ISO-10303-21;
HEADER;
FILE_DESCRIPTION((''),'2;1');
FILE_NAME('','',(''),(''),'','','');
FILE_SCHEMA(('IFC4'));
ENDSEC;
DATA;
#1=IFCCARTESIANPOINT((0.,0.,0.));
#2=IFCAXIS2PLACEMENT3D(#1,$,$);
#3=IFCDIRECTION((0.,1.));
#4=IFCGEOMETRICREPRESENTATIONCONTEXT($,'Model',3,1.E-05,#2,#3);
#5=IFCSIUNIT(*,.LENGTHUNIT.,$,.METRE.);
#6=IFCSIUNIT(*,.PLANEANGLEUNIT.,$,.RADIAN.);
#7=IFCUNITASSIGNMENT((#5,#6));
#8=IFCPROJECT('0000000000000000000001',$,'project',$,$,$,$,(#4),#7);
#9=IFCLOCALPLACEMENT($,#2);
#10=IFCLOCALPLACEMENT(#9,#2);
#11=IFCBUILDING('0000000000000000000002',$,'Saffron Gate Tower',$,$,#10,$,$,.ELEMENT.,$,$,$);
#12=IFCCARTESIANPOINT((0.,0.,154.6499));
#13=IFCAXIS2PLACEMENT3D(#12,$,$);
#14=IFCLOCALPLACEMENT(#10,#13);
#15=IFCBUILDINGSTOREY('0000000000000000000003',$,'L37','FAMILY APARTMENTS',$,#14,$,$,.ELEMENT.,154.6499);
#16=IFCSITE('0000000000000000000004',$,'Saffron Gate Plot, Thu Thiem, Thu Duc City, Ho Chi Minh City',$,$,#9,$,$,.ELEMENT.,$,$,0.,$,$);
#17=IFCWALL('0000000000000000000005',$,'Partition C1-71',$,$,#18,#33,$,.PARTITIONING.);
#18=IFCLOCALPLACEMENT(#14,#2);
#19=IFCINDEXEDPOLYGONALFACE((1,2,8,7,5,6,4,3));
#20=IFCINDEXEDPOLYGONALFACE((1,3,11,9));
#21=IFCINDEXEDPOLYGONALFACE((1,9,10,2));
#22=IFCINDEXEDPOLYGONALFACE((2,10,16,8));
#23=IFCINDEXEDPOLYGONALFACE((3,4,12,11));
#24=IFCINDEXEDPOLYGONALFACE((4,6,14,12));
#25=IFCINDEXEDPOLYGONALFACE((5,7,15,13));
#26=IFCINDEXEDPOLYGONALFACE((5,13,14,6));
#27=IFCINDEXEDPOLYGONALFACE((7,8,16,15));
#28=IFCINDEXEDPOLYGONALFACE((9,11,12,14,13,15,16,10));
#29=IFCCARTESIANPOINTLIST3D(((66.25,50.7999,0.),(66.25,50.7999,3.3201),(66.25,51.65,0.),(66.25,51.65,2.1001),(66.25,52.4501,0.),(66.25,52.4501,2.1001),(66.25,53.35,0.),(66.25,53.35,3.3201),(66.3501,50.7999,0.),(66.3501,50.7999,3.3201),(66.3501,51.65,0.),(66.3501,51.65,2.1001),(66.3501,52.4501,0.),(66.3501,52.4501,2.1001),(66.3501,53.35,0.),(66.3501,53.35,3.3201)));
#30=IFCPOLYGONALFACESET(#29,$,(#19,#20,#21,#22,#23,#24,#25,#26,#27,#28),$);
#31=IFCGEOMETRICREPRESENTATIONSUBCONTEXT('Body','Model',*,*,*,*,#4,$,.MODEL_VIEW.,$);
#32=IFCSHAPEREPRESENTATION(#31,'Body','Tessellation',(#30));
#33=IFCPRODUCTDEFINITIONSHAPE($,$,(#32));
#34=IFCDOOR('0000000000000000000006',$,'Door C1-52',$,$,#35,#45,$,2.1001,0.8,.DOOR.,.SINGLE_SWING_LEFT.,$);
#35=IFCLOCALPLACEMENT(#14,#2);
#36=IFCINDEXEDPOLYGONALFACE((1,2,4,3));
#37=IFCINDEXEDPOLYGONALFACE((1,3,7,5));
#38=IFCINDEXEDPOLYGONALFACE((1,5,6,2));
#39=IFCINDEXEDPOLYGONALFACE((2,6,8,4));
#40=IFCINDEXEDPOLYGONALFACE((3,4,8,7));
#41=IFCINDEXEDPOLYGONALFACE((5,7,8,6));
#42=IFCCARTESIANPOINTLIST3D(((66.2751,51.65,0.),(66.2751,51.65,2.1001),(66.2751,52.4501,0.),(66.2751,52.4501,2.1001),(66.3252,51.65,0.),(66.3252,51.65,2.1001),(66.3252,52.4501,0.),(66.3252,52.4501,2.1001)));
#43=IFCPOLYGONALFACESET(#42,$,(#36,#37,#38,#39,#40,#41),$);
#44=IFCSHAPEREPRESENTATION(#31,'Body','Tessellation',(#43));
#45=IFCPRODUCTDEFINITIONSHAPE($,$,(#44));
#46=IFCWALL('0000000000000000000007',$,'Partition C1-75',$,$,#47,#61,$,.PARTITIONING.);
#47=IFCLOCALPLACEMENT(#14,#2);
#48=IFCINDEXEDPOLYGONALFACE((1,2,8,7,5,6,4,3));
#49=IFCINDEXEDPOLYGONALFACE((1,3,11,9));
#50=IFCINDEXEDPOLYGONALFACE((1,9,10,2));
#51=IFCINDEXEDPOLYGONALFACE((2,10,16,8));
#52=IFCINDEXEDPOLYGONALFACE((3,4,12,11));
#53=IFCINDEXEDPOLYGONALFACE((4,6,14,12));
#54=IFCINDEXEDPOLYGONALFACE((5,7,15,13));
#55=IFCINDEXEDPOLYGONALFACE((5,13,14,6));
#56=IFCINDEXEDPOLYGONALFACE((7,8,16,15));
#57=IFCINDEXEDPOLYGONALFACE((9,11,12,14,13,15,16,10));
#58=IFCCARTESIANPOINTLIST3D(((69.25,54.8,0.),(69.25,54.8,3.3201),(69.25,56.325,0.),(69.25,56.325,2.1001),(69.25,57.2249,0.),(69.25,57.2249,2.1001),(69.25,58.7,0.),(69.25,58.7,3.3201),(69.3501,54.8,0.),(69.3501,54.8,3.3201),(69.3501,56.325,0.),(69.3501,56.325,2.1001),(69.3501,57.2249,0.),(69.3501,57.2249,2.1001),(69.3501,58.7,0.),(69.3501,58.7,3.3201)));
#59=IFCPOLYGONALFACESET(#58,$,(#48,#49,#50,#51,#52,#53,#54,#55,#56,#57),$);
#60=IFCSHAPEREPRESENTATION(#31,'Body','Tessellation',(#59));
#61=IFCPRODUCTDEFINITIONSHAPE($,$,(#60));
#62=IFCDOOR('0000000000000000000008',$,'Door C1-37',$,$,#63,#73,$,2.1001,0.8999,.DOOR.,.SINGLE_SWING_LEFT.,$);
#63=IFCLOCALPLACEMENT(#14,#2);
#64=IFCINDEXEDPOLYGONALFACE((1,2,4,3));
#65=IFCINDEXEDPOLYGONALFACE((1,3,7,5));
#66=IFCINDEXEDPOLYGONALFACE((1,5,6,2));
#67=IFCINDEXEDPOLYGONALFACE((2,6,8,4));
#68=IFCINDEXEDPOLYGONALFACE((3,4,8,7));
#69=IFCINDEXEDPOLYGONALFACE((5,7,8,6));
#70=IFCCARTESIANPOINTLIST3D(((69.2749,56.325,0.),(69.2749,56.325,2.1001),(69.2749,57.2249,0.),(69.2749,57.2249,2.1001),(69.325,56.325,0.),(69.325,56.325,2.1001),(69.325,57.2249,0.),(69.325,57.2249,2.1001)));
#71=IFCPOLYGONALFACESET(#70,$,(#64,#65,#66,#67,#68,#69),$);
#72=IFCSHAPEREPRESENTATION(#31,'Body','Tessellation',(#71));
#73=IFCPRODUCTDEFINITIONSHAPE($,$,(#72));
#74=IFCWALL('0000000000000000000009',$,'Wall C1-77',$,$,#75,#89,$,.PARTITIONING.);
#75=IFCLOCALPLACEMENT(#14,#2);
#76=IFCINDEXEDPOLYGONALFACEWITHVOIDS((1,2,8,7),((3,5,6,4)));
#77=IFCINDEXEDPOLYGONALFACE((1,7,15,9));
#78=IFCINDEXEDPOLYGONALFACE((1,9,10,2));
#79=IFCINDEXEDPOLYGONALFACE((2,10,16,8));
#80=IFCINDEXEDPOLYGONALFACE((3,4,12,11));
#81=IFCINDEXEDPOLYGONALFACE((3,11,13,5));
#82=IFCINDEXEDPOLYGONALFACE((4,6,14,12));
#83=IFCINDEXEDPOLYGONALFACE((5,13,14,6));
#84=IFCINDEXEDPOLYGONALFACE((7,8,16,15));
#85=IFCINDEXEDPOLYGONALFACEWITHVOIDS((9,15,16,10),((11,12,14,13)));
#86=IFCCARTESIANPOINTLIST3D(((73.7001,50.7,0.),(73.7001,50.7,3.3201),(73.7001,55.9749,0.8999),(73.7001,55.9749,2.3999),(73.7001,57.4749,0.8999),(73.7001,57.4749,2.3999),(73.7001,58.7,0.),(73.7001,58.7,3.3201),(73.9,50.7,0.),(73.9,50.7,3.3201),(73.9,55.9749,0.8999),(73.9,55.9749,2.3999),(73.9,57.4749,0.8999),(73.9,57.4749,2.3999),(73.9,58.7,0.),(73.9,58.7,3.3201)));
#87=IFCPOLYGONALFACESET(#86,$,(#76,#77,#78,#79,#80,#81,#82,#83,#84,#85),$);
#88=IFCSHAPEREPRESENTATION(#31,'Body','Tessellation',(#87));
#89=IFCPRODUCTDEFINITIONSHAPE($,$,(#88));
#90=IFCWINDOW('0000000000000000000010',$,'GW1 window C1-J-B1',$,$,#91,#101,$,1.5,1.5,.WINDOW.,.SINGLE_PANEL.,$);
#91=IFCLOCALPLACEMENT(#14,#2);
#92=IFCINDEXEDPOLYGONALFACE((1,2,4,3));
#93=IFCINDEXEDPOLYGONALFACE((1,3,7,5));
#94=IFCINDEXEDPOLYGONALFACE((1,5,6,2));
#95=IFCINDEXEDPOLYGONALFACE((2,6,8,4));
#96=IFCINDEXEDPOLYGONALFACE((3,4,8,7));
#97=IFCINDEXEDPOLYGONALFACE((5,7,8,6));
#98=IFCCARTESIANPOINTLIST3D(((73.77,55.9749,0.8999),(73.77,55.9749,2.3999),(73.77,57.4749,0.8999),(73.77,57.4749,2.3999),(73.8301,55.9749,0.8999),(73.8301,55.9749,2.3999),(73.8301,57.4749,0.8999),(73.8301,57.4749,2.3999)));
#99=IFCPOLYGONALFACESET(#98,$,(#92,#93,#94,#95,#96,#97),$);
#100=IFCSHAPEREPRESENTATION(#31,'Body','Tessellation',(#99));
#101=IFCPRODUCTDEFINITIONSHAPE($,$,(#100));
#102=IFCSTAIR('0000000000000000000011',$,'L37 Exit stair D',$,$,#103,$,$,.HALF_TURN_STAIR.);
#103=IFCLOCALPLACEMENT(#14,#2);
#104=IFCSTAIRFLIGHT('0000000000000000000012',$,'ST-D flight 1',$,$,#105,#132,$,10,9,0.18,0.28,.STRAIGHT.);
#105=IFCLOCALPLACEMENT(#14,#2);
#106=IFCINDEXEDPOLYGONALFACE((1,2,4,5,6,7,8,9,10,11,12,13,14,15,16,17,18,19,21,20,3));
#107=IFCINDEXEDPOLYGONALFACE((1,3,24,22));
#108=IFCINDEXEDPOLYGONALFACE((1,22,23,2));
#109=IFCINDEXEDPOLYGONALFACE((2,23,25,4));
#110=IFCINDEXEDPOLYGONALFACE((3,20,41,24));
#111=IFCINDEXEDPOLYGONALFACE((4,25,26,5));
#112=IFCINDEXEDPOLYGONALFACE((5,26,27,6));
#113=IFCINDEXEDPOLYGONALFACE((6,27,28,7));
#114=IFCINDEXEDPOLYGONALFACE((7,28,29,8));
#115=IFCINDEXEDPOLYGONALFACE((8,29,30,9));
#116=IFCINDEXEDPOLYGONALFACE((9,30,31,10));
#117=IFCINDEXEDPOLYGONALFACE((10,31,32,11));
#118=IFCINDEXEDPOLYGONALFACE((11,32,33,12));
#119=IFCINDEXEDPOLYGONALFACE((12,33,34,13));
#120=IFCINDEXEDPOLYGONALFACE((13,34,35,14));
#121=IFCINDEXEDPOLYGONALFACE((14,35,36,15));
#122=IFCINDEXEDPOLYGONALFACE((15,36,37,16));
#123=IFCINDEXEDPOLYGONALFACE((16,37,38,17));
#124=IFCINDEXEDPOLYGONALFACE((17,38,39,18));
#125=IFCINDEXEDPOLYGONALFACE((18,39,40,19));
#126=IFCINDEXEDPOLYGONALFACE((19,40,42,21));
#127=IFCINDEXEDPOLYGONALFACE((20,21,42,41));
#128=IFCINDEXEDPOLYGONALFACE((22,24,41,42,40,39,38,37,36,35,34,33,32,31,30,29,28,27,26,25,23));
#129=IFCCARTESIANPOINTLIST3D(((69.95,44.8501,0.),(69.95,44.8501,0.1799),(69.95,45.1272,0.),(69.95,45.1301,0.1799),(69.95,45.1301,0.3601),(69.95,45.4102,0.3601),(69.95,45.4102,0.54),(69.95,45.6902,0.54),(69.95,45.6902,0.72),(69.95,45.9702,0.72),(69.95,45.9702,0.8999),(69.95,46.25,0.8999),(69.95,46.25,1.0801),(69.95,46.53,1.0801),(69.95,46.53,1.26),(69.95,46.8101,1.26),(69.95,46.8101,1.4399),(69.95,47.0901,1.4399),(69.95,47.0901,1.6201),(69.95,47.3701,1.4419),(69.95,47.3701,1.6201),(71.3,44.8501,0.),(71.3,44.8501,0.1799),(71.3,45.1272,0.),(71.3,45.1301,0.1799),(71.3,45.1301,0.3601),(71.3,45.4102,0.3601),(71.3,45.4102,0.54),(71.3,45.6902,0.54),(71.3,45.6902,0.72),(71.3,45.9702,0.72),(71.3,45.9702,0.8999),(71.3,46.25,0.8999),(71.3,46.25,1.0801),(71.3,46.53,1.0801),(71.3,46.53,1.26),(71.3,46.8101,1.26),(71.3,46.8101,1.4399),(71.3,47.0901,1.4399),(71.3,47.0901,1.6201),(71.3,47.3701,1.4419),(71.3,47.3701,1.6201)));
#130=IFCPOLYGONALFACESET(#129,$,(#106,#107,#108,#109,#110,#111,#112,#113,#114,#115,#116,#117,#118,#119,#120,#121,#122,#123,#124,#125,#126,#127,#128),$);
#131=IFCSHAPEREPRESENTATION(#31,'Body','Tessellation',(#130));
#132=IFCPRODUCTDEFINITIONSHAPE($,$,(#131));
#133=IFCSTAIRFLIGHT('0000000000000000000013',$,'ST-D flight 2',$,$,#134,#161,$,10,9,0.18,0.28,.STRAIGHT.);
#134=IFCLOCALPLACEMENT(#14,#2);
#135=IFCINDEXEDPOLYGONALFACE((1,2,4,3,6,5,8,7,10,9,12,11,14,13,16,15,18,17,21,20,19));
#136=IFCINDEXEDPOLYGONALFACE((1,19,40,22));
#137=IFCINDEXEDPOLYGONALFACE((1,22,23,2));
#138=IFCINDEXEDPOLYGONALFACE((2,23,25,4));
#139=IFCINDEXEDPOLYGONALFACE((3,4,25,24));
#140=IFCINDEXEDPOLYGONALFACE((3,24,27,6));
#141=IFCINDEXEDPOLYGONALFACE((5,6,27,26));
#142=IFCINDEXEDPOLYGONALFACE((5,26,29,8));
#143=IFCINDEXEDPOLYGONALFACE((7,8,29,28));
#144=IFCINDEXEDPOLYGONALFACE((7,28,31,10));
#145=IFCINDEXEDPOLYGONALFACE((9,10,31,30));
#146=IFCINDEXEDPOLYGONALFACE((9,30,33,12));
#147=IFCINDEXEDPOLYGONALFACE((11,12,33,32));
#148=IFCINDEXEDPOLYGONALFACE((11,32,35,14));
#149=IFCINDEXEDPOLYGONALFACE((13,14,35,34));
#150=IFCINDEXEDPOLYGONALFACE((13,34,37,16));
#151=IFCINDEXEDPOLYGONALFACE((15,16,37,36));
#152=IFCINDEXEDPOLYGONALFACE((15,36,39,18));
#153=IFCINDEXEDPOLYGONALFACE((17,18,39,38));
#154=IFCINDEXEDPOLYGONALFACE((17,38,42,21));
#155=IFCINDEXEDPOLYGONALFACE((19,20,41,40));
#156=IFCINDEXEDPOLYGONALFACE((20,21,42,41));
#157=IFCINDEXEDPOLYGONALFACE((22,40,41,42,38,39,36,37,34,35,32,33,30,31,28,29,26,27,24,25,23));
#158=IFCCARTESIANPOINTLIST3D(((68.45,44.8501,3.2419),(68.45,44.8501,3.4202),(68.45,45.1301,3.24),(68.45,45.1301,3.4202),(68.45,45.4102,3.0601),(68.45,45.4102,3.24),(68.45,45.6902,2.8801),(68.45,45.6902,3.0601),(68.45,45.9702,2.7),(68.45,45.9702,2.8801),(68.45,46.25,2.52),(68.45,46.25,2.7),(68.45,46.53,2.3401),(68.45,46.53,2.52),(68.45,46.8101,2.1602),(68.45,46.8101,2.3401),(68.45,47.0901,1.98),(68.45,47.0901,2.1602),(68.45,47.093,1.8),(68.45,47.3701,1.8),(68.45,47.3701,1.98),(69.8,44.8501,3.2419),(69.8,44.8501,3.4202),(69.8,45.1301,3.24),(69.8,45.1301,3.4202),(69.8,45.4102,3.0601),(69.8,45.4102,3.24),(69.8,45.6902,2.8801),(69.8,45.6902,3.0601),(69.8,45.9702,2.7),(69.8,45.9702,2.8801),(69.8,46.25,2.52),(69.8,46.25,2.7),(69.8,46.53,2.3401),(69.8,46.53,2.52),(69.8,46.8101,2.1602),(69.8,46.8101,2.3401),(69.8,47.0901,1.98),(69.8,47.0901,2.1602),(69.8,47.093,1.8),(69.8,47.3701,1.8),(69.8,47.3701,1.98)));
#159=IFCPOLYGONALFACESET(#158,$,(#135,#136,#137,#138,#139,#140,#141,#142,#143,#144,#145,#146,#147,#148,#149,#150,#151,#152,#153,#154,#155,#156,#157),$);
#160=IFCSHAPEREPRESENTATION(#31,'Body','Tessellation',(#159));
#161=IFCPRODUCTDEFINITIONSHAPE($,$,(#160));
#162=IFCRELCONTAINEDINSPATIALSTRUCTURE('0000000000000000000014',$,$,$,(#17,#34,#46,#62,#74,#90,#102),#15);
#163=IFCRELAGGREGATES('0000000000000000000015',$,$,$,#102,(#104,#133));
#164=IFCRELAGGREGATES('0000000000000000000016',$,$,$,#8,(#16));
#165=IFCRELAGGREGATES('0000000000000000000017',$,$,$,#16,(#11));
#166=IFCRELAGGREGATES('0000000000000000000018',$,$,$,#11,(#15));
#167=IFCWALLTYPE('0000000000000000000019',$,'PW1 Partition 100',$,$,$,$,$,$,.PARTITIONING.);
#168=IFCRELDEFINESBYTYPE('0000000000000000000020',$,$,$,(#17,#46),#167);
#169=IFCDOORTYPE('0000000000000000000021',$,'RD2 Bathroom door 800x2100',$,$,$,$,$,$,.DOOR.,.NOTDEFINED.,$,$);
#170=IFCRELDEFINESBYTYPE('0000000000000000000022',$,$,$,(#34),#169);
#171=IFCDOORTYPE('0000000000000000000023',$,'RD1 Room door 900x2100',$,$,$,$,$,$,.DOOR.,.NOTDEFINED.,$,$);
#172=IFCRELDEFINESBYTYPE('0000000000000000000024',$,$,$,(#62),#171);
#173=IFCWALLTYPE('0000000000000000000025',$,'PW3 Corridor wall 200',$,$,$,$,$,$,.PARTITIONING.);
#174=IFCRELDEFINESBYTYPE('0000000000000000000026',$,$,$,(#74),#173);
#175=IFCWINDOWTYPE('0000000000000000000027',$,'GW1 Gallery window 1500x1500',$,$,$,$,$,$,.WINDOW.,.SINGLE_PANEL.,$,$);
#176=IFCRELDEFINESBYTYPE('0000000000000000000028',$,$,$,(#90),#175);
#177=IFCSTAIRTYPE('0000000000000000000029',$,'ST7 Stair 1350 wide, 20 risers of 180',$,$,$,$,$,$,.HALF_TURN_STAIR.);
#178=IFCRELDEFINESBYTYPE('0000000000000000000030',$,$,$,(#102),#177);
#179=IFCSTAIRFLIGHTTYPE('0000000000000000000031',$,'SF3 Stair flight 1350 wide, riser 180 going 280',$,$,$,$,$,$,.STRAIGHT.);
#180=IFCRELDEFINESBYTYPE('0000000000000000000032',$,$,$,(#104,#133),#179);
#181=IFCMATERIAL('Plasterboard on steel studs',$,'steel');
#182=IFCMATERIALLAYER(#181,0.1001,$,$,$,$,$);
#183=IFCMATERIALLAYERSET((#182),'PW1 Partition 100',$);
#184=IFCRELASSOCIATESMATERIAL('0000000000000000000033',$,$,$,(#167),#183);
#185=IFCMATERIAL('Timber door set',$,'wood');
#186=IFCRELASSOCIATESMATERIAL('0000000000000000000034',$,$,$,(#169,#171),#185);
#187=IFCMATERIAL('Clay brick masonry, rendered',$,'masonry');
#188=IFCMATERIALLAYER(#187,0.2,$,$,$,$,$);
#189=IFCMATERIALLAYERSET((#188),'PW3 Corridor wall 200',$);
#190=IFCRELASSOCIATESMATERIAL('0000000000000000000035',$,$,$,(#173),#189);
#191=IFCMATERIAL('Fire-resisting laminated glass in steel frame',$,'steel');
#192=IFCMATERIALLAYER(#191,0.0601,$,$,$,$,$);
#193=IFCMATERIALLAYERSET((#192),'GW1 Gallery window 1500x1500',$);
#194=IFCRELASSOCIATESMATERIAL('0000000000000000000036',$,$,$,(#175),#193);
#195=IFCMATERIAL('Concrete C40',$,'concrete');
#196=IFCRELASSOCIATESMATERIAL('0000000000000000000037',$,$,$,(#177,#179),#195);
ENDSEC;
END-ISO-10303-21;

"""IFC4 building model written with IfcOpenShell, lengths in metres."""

from ifc_helpers import new_model, si_unit, direction, frame, frame_2d, origin, place, context, subcontext, project, spatial, polyline, rectangle, outline, extrude, material, layer, layer_set, type_object, element, fill, aggregate, save


model = new_model("IFC4")

# Units and contexts
model_context = context("Model", 3, precision=1e-05, world=origin(), true_north=direction((0.0, 1.0)))
body_context = subcontext(model_context, "Body", "Model", "MODEL_VIEW")
ifc_project = project(units=[si_unit("LENGTHUNIT", "METRE"), si_unit("PLANEANGLEUNIT", "RADIAN")], contexts=[model_context])

# Site, building, storey
site_placement = place(None, origin())
site = spatial("IfcSite", under=ifc_project, at=site_placement, Name="Saffron Gate Plot, Thu Thiem, Thu Duc City, Ho Chi Minh City", CompositionType="ELEMENT", RefElevation=0.0)
building_placement = place(site_placement, origin())
building = spatial("IfcBuilding", under=site, at=building_placement, Name="Saffron Gate Tower", CompositionType="ELEMENT")
storey_placement = place(building_placement, frame((0.0, 0.0, 154.6499)))
storey = spatial("IfcBuildingStorey", under=building, at=storey_placement, Name="L37", Description="FAMILY APARTMENTS", CompositionType="ELEMENT", Elevation=154.6499)

# Shared definitions
ifc_material_1 = material(Name="Plasterboard on steel studs", Category="steel")
ifc_layer_1 = layer(ifc_material_1, 0.1001)
ifc_layer_set_1 = layer_set([ifc_layer_1], Name="PW1 Partition 100")
wall_type_1 = type_object("IfcWallType", Name="PW1 Partition 100", PredefinedType="PARTITIONING", material=ifc_layer_set_1)

# Walls, openings, doors
wall_1_placement = place(storey_placement, frame((66.3, 50.8, 0.0), z_axis=(0.0, 0.0, 1.0), x_axis=(0.0, 1.0, 0.0)))
wall_1 = element("IfcWall", 1, at=wall_1_placement, inside=storey, type_object=wall_type_1, Name="Partition C1-71", PredefinedType="PARTITIONING", context=body_context, shape_type="SweptSolid", body=[
    extrude(rectangle(XDim=2.55, YDim=0.1001, at=frame_2d((1.2749, 0.0))), origin(), (0.0, 0.0, 1.0), 3.3201),
])
opening_1_placement = place(wall_1_placement, frame((0.8501, 0.0, 0.0)))
opening_1 = element("IfcOpeningElement", 2, at=opening_1_placement, cuts=wall_1, PredefinedType="OPENING", context=body_context, shape_type="SweptSolid", body=[
    extrude(rectangle(XDim=0.8, YDim=2.1001, at=frame_2d((0.3999, 1.05))), frame((0.0, 0.0601, 0.0), z_axis=(0.0, -1.0, 0.0), x_axis=(1.0, 0.0, 0.0)), (0.0, 0.0, 1.0), 0.1201),
])
ifc_material_2 = material(Name="Timber door set", Category="wood")
door_type_1 = type_object("IfcDoorType", Name="RD2 Bathroom door 800x2100", OperationType="NOTDEFINED", PredefinedType="DOOR", material=ifc_material_2)
door_1_placement = place(opening_1_placement, origin())
door_1 = element("IfcDoor", 3, at=door_1_placement, inside=storey, type_object=door_type_1, Name="Door C1-52", OperationType="SINGLE_SWING_LEFT", OverallHeight=2.1001, OverallWidth=0.8, PredefinedType="DOOR", context=body_context, shape_type="SweptSolid", body=[
    extrude(rectangle(XDim=0.8, YDim=2.1001, at=frame_2d((0.3999, 1.05))), frame((0.0, 0.0249, 0.0), z_axis=(0.0, -1.0, 0.0), x_axis=(1.0, 0.0, 0.0)), (0.0, 0.0, 1.0), 0.05),
])
fill(opening_1, door_1)
wall_2_placement = place(storey_placement, frame((69.3, 58.7, 0.0), z_axis=(0.0, 0.0, 1.0), x_axis=(0.0, -1.0, 0.0)))
wall_2 = element("IfcWall", 4, at=wall_2_placement, inside=storey, type_object=wall_type_1, Name="Partition C1-75", PredefinedType="PARTITIONING", context=body_context, shape_type="SweptSolid", body=[
    extrude(rectangle(XDim=3.8999, YDim=0.1001, at=frame_2d((1.95, 0.0))), origin(), (0.0, 0.0, 1.0), 3.3201),
])
opening_2_placement = place(wall_2_placement, frame((1.4751, 0.0, 0.0)))
opening_2 = element("IfcOpeningElement", 5, at=opening_2_placement, cuts=wall_2, PredefinedType="OPENING", context=body_context, shape_type="SweptSolid", body=[
    extrude(rectangle(XDim=0.8999, YDim=2.1001, at=frame_2d((0.45, 1.05))), frame((0.0, 0.0601, 0.0), z_axis=(0.0, -1.0, 0.0), x_axis=(1.0, 0.0, 0.0)), (0.0, 0.0, 1.0), 0.1201),
])
door_type_2 = type_object("IfcDoorType", Name="RD1 Room door 900x2100", OperationType="NOTDEFINED", PredefinedType="DOOR", material=ifc_material_2)
door_2_placement = place(opening_2_placement, origin())
door_2 = element("IfcDoor", 6, at=door_2_placement, inside=storey, type_object=door_type_2, Name="Door C1-37", OperationType="SINGLE_SWING_LEFT", OverallHeight=2.1001, OverallWidth=0.8999, PredefinedType="DOOR", context=body_context, shape_type="SweptSolid", body=[
    extrude(rectangle(XDim=0.8999, YDim=2.1001, at=frame_2d((0.45, 1.05))), frame((0.0, 0.0249, 0.0), z_axis=(0.0, -1.0, 0.0), x_axis=(1.0, 0.0, 0.0)), (0.0, 0.0, 1.0), 0.05),
])
fill(opening_2, door_2)

# Wall, opening, window
ifc_material_3 = material(Name="Clay brick masonry, rendered", Category="masonry")
ifc_layer_2 = layer(ifc_material_3, 0.2)
ifc_layer_set_2 = layer_set([ifc_layer_2], Name="PW3 Corridor wall 200")
wall_type_2 = type_object("IfcWallType", Name="PW3 Corridor wall 200", PredefinedType="PARTITIONING", material=ifc_layer_set_2)
wall_3_placement = place(storey_placement, frame((73.8, 58.7, 0.0), z_axis=(0.0, 0.0, 1.0), x_axis=(0.0, -1.0, 0.0)))
wall_3 = element("IfcWall", 7, at=wall_3_placement, inside=storey, type_object=wall_type_2, Name="Wall C1-77", PredefinedType="PARTITIONING", context=body_context, shape_type="SweptSolid", body=[
    extrude(rectangle(XDim=8.0, YDim=0.2, at=frame_2d((4.0, 0.0))), origin(), (0.0, 0.0, 1.0), 3.3201),
])
opening_3_placement = place(wall_3_placement, frame((1.2251, 0.0, 0.8999)))
opening_3 = element("IfcOpeningElement", 8, at=opening_3_placement, cuts=wall_3, PredefinedType="OPENING", context=body_context, shape_type="SweptSolid", body=[
    extrude(rectangle(XDim=1.5, YDim=1.5, at=frame_2d((0.75, 0.75))), frame((0.0, 0.1099, 0.0), z_axis=(0.0, -1.0, 0.0), x_axis=(1.0, 0.0, 0.0)), (0.0, 0.0, 1.0), 0.22),
])
ifc_material_4 = material(Name="Fire-resisting laminated glass in steel frame", Category="steel")
ifc_layer_3 = layer(ifc_material_4, 0.0601)
ifc_layer_set_3 = layer_set([ifc_layer_3], Name="GW1 Gallery window 1500x1500")
window_type = type_object("IfcWindowType", Name="GW1 Gallery window 1500x1500", PartitioningType="SINGLE_PANEL", PredefinedType="WINDOW", material=ifc_layer_set_3)
window_placement = place(opening_3_placement, origin())
window = element("IfcWindow", 9, at=window_placement, inside=storey, type_object=window_type, Name="GW1 window C1-J-B1", OverallHeight=1.5, OverallWidth=1.5, PartitioningType="SINGLE_PANEL", PredefinedType="WINDOW", context=body_context, shape_type="SweptSolid", body=[
    extrude(rectangle(XDim=1.5, YDim=1.5, at=frame_2d((0.75, 0.75))), frame((0.0, 0.03, 0.0), z_axis=(0.0, -1.0, 0.0), x_axis=(1.0, 0.0, 0.0)), (0.0, 0.0, 1.0), 0.0601),
])
fill(opening_3, window)

# Stair, stair flights
ifc_material_5 = material(Name="Concrete C40", Category="concrete")
stair_type = type_object("IfcStairType", Name="ST7 Stair 1350 wide, 20 risers of 180", PredefinedType="HALF_TURN_STAIR", material=ifc_material_5)
stair_placement = place(storey_placement, origin())
stair = element("IfcStair", 10, at=stair_placement, inside=storey, type_object=stair_type, Name="L37 Exit stair D", PredefinedType="HALF_TURN_STAIR")
stair_flight_type = type_object("IfcStairFlightType", Name="SF3 Stair flight 1350 wide, riser 180 going 280", PredefinedType="STRAIGHT", material=ifc_material_5)
stair_flight_1_placement = place(storey_placement, frame((70.625, 44.8501, 0.0), z_axis=(0.0, 0.0, 1.0), x_axis=(0.0, 1.0, 0.0)))
stair_flight_1 = element("IfcStairFlight", 11, at=stair_flight_1_placement, type_object=stair_flight_type, Name="ST-D flight 1", NumberOfRisers=10, NumberOfTreads=9, PredefinedType="STRAIGHT", RiserHeight=0.18, TreadLength=0.28, context=body_context, shape_type="SweptSolid", body=[
    extrude(outline(polyline([(0.0, 0.0), (0.0, 0.1799), (0.28, 0.1799), (0.28, 0.3601), (0.5601, 0.3601), (0.5601, 0.54), (0.8401, 0.54), (0.8401, 0.72), (1.1201, 0.72), (1.1201, 0.8999), (1.3999, 0.8999), (1.3999, 1.0801), (1.6799, 1.0801), (1.6799, 1.26), (1.96, 1.26), (1.96, 1.4399), (2.24, 1.4399), (2.24, 1.6201), (2.52, 1.6201), (2.52, 1.8), (2.52, 1.4419), (0.2771, 0.0), (0.0, 0.0)])), frame((0.0, 0.675, 0.0), z_axis=(0.0, -1.0, 0.0), x_axis=(1.0, 0.0, 0.0)), (0.0, 0.0, 1.0), 1.3501),
])
stair_flight_2_placement = place(storey_placement, frame((69.125, 47.3701, 1.8), z_axis=(0.0, 0.0, 1.0), x_axis=(0.0, -1.0, 0.0)))
stair_flight_2 = element("IfcStairFlight", 12, at=stair_flight_2_placement, type_object=stair_flight_type, Name="ST-D flight 2", NumberOfRisers=10, NumberOfTreads=9, PredefinedType="STRAIGHT", RiserHeight=0.18, TreadLength=0.28, context=body_context, shape_type="SweptSolid", body=[
    extrude(outline(polyline([(0.0, 0.0), (0.0, 0.1799), (0.28, 0.1799), (0.28, 0.3601), (0.5601, 0.3601), (0.5601, 0.54), (0.8401, 0.54), (0.8401, 0.72), (1.1201, 0.72), (1.1201, 0.8999), (1.3999, 0.8999), (1.3999, 1.0801), (1.6799, 1.0801), (1.6799, 1.26), (1.96, 1.26), (1.96, 1.4399), (2.24, 1.4399), (2.24, 1.6201), (2.52, 1.6201), (2.52, 1.8), (2.52, 1.4419), (0.2771, 0.0), (0.0, 0.0)])), frame((0.0, 0.675, 0.0), z_axis=(0.0, -1.0, 0.0), x_axis=(1.0, 0.0, 0.0)), (0.0, 0.0, 1.0), 1.3501),
])
aggregate(stair, [stair_flight_1, stair_flight_2])

save(model, "model.ifc")
